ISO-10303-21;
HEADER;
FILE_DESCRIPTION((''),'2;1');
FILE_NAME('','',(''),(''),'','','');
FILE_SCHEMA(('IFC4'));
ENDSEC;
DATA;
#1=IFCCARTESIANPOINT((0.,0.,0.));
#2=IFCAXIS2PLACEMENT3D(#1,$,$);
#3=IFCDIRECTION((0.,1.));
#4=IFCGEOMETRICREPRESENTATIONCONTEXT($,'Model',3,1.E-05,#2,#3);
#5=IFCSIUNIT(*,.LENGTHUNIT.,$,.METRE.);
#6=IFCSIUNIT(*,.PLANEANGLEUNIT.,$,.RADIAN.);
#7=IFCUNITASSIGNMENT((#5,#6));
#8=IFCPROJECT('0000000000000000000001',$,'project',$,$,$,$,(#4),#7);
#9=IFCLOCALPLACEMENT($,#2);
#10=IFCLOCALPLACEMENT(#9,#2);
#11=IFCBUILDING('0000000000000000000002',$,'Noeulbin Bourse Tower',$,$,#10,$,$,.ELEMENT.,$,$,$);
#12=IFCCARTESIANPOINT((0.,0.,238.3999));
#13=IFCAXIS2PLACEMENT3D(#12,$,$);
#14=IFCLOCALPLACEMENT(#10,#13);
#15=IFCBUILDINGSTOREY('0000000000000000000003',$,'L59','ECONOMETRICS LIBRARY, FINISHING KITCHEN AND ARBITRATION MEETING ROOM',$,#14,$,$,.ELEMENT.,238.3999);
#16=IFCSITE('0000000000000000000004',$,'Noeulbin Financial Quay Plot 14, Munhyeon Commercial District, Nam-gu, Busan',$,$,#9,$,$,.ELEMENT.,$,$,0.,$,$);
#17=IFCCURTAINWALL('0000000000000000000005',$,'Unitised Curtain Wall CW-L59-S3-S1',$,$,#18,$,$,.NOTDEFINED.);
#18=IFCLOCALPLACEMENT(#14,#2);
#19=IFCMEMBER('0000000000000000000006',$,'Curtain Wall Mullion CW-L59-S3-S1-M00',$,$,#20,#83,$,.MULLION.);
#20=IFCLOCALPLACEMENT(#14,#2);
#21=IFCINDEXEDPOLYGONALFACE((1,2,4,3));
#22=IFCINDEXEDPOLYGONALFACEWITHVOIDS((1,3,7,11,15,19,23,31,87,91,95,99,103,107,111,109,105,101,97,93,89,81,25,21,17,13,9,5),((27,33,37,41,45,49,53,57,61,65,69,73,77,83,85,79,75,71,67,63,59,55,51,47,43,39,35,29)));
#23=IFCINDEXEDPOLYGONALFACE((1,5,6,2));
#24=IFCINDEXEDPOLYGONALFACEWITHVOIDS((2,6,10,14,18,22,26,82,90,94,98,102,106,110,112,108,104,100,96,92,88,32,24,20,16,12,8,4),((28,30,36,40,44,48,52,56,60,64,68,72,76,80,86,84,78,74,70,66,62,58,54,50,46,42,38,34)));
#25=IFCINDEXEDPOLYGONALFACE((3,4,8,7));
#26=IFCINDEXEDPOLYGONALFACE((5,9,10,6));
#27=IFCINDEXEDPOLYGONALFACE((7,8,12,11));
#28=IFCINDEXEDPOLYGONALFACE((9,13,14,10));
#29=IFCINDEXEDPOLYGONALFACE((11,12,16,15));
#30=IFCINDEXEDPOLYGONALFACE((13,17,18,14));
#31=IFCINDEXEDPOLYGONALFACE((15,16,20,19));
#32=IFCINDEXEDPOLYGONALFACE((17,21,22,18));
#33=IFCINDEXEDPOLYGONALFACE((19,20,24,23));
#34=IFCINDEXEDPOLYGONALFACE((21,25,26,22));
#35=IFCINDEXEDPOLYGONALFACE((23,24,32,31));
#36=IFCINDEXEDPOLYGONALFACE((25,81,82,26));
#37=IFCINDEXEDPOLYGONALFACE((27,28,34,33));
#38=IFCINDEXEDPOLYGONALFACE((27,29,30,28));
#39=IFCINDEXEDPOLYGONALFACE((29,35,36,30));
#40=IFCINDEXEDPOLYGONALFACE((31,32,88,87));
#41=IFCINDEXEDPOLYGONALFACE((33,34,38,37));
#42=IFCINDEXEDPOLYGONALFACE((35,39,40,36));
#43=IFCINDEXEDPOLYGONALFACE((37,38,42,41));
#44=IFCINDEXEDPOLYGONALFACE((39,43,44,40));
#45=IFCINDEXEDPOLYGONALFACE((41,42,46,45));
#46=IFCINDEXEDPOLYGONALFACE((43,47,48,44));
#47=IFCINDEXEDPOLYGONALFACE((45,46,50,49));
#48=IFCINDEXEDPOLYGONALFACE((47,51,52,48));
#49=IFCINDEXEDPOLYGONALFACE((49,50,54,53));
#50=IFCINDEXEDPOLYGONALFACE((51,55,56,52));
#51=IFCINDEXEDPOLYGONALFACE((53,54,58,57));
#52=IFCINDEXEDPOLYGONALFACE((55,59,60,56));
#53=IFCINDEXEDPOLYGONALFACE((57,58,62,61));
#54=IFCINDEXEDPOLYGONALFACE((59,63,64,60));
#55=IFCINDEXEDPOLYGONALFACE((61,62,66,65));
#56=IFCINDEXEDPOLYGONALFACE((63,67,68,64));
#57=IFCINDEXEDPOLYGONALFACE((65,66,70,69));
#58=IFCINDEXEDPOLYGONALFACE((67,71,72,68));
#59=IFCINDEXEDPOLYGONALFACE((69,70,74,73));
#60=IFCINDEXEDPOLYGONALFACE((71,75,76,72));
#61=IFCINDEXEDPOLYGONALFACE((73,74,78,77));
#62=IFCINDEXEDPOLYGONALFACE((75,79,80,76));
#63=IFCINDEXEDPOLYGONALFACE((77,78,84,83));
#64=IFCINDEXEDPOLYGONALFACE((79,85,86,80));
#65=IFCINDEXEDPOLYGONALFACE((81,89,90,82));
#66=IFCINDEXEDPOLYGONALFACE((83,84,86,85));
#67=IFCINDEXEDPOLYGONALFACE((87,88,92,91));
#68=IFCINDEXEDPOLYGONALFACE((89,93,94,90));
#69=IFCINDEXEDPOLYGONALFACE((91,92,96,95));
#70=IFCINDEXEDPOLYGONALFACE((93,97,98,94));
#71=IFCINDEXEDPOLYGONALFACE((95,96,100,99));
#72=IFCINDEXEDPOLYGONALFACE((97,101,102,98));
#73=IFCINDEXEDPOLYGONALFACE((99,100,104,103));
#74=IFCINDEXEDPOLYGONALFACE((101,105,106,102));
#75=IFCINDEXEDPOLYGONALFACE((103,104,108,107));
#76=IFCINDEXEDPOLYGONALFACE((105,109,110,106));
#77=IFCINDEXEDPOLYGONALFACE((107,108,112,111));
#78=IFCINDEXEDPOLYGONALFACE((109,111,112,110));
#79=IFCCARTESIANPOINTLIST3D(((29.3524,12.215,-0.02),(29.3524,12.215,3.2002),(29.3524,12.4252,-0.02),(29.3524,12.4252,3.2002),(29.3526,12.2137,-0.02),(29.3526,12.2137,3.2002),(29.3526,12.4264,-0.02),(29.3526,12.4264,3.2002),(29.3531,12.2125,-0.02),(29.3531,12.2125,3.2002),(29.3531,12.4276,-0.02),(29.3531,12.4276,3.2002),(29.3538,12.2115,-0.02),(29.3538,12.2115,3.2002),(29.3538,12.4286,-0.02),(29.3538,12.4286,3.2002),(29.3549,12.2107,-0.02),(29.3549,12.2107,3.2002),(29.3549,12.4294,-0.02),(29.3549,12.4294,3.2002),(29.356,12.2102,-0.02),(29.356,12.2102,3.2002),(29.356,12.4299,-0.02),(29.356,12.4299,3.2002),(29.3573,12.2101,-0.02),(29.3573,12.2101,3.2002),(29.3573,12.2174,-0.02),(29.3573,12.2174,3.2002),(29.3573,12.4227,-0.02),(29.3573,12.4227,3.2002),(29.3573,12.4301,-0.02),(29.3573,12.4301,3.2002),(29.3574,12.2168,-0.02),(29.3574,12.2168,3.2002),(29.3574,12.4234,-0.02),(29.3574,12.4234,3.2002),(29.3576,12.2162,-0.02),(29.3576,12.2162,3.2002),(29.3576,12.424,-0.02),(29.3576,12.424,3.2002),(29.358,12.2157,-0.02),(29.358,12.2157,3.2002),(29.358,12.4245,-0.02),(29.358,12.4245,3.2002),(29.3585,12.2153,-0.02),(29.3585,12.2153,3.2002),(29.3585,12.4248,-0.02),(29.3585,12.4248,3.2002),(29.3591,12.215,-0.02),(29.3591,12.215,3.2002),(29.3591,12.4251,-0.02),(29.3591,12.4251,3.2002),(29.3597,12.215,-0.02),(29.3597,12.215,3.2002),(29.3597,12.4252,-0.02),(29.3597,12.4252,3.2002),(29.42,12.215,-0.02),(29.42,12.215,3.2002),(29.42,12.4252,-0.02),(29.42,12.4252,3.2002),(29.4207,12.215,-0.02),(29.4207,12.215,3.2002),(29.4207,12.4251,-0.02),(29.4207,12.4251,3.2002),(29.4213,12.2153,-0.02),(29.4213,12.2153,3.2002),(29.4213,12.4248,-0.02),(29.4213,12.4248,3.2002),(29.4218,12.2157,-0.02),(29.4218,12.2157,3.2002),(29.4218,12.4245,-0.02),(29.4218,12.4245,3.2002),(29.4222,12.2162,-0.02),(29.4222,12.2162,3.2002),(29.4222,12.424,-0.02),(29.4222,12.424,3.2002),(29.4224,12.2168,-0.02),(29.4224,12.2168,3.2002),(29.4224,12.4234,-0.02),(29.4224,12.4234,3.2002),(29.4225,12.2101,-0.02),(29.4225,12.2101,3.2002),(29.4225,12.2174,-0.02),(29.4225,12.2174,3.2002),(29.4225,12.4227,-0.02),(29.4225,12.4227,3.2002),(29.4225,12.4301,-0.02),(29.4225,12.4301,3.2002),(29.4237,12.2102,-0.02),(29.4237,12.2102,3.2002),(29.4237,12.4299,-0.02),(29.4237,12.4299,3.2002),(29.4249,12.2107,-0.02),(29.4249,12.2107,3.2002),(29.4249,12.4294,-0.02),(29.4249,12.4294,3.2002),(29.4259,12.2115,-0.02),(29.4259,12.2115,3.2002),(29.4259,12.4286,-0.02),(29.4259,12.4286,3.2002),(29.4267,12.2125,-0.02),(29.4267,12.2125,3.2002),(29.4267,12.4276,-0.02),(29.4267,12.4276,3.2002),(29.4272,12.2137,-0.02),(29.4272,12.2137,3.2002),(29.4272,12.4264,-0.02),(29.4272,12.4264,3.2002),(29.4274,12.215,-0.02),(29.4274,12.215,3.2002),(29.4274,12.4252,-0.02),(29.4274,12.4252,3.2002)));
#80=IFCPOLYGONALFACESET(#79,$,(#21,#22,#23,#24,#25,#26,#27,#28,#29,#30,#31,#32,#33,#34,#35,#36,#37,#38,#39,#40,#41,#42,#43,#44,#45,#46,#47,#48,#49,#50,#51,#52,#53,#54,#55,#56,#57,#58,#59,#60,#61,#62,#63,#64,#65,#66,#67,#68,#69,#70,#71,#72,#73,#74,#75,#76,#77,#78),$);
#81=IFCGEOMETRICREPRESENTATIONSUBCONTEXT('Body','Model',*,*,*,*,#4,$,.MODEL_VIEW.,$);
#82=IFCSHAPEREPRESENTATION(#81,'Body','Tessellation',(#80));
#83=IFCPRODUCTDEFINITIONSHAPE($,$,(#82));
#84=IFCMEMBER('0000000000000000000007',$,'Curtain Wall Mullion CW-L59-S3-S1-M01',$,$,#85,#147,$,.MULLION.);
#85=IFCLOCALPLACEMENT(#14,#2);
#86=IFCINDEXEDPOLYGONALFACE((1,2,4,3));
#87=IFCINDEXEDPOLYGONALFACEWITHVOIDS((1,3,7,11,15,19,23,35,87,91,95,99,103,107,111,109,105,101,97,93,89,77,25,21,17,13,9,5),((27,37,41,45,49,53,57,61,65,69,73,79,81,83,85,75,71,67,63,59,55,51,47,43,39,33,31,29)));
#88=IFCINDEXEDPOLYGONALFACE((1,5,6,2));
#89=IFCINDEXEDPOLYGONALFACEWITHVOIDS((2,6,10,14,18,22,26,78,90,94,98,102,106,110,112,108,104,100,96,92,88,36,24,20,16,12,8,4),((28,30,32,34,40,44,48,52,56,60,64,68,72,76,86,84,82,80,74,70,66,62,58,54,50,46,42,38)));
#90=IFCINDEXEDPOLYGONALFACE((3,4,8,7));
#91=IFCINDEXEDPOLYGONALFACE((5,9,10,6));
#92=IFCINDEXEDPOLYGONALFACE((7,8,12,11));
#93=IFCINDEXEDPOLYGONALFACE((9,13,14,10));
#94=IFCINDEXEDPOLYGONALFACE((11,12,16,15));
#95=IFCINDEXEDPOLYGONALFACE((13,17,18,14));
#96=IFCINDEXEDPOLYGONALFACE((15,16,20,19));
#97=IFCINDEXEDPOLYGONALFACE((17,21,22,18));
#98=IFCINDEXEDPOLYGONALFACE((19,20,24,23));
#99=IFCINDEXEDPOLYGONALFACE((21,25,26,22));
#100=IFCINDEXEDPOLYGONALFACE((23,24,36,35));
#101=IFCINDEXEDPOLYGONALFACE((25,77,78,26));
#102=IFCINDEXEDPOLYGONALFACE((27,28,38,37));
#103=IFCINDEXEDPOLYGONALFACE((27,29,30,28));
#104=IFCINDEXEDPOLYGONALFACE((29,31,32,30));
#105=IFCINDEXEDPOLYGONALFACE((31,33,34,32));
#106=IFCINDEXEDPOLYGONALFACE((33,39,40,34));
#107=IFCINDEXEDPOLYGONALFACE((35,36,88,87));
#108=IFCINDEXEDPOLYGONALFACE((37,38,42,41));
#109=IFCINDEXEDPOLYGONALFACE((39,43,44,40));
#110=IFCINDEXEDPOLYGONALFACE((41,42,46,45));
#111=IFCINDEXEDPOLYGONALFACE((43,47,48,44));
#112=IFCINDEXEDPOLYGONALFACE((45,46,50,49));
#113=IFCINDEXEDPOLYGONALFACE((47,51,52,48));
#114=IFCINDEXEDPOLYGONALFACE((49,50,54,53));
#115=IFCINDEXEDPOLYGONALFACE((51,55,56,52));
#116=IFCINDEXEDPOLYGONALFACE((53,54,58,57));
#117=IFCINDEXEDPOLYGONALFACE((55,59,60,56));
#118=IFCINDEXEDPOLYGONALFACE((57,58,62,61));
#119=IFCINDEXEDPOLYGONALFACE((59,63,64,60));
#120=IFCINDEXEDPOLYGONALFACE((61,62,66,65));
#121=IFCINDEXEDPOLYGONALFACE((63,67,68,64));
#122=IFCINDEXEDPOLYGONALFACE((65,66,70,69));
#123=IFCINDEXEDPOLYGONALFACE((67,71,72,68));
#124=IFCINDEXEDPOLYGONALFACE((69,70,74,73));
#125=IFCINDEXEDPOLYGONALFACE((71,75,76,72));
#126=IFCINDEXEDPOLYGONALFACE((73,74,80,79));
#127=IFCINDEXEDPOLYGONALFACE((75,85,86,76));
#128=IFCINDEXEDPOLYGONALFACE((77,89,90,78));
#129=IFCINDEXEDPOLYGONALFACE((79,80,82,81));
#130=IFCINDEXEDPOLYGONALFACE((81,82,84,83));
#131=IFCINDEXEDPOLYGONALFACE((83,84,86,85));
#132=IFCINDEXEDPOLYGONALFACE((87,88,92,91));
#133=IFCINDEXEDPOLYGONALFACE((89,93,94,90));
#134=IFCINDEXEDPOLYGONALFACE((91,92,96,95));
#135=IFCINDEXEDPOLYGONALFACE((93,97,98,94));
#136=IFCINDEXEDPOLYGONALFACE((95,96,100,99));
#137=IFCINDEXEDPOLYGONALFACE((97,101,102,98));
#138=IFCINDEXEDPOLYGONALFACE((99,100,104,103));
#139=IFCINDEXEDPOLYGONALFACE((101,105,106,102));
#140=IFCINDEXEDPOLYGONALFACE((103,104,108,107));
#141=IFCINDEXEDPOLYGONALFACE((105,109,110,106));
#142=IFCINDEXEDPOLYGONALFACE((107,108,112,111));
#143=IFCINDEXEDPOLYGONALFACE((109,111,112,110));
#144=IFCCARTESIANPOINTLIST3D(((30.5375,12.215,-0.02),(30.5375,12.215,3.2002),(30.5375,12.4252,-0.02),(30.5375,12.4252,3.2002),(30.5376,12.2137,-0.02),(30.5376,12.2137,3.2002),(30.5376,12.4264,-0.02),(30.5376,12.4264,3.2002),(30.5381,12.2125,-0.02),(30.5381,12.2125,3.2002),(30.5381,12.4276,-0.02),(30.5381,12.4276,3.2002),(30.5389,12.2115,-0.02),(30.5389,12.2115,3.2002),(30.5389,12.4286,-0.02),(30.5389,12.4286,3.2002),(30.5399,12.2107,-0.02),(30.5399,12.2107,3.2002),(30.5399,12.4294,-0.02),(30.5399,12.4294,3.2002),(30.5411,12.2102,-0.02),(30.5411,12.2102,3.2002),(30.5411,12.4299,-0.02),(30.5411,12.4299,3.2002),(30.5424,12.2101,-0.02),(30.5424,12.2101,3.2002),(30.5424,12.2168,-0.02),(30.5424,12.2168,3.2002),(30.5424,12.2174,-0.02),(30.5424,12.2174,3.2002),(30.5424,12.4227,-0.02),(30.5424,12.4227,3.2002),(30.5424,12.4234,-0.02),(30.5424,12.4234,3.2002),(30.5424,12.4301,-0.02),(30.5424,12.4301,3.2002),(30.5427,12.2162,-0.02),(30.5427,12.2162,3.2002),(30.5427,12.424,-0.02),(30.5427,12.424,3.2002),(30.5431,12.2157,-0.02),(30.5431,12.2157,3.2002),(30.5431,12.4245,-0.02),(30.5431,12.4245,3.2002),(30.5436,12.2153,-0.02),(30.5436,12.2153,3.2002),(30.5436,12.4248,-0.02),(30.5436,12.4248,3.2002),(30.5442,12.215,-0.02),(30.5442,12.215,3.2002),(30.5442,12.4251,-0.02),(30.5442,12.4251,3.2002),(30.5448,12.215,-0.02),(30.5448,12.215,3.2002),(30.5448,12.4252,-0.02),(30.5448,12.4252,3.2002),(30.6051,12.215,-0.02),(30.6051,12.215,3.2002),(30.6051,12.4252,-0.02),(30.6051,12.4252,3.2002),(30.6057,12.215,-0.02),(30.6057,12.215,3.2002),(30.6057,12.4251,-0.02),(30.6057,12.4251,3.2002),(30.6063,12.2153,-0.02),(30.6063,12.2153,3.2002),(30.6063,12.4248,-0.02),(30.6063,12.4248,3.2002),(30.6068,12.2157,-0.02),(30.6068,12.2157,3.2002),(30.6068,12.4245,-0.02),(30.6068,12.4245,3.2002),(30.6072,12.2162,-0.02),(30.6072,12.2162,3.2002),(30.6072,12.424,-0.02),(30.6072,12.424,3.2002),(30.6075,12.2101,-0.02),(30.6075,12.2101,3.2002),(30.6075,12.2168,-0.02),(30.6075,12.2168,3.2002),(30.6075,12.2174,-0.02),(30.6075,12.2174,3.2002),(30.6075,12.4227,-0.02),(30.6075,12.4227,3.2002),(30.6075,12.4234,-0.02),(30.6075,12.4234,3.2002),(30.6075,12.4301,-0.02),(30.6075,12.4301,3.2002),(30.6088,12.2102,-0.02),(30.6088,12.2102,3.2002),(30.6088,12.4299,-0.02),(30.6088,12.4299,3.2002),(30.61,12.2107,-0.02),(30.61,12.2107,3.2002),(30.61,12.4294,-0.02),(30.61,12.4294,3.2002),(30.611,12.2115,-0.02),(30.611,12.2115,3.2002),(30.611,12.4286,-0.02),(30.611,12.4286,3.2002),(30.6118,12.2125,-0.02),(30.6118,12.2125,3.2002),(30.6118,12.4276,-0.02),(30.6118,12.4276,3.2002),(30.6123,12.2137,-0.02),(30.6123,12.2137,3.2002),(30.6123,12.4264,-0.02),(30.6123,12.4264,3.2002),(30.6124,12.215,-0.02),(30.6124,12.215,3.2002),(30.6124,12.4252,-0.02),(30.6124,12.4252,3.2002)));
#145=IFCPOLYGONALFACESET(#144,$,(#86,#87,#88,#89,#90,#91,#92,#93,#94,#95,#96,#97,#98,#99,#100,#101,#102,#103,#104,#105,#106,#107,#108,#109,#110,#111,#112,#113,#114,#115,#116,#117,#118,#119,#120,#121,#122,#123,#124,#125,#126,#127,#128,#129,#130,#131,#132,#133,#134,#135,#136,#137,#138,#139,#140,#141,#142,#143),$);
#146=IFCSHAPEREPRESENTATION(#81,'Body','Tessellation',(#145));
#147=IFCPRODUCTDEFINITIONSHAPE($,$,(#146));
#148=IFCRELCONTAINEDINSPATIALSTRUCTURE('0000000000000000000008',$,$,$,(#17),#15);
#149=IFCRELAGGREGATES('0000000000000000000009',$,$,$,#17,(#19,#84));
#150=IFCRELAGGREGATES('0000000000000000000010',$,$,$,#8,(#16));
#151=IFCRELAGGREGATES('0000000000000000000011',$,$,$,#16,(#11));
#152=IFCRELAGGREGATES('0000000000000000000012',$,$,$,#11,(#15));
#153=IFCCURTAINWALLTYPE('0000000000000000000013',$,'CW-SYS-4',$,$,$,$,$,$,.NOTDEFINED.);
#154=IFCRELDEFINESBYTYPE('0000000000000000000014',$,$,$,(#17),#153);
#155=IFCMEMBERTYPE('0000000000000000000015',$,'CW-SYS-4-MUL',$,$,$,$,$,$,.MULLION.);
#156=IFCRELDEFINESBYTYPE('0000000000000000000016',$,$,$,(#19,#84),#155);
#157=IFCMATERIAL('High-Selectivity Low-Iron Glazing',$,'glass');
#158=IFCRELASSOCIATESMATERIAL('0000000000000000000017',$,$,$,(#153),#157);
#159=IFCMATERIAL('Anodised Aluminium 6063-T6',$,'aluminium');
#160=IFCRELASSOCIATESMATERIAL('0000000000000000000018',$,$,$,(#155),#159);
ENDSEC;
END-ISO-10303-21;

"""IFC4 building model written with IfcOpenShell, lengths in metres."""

from ifc_helpers import new_model, si_unit, direction, frame, origin, origin_2d, place, context, subcontext, project, spatial, hollow_rectangle, extrude, material, material_profile, profile_set, type_object, element, aggregate, save


model = new_model("IFC4")

# Units and contexts
model_context = context("Model", 3, precision=1e-05, world=origin(), true_north=direction((0.0, 1.0)))
body_context = subcontext(model_context, "Body", "Model", "MODEL_VIEW")
ifc_project = project(units=[si_unit("LENGTHUNIT", "METRE"), si_unit("PLANEANGLEUNIT", "RADIAN")], contexts=[model_context])

# Site, building, storey
site_placement = place(None, origin())
site = spatial("IfcSite", under=ifc_project, at=site_placement, Name="Noeulbin Financial Quay Plot 14, Munhyeon Commercial District, Nam-gu, Busan", CompositionType="ELEMENT", RefElevation=0.0)
building_placement = place(site_placement, origin())
building = spatial("IfcBuilding", under=site, at=building_placement, Name="Noeulbin Bourse Tower", CompositionType="ELEMENT")
storey_placement = place(building_placement, frame((0.0, 0.0, 238.3999)))
storey = spatial("IfcBuildingStorey", under=building, at=storey_placement, Name="L59", Description="ECONOMETRICS LIBRARY, FINISHING KITCHEN AND ARBITRATION MEETING ROOM", CompositionType="ELEMENT", Elevation=238.3999)

# Curtain wall, members
ifc_material_1 = material(Name="High-Selectivity Low-Iron Glazing", Category="glass")
curtain_wall_type = type_object("IfcCurtainWallType", Name="CW-SYS-4", PredefinedType="NOTDEFINED", material=ifc_material_1)
ifc_material_2 = material(Name="Anodised Aluminium 6063-T6", Category="aluminium")
ifc_material_profile_1 = material_profile(ifc_material_2, hollow_rectangle(XDim=0.075, YDim=0.22, WallThickness=0.0049, InnerFilletRadius=0.0024, OuterFilletRadius=0.0049, at=origin_2d()), Name="ALU-MULL-75x220x5", Category="LoadBearing")
ifc_profile_set_1 = profile_set([ifc_material_profile_1], Name="Anodised Aluminium 6063-T6")
member_type_1 = type_object("IfcMemberType", Name="CW-SYS-4-MUL", PredefinedType="MULLION", material=ifc_profile_set_1)
curtain_wall_1_placement = place(storey_placement, origin())
curtain_wall_1 = element("IfcCurtainWall", 1, at=curtain_wall_1_placement, inside=storey, type_object=curtain_wall_type, Name="Unitised Curtain Wall CW-L59-S3-S1", PredefinedType="NOTDEFINED")
member_1_placement = place(storey_placement, frame((29.3899, 12.3201, -0.02), z_axis=(0.0, 0.0, 1.0), x_axis=(1.0, 0.0, 0.0)))
member_1 = element("IfcMember", 2, at=member_1_placement, type_object=member_type_1, Name="Curtain Wall Mullion CW-L59-S3-S1-M00", PredefinedType="MULLION", context=body_context, shape_type="SweptSolid", body=[
    extrude(hollow_rectangle(XDim=0.075, YDim=0.22, WallThickness=0.0049, InnerFilletRadius=0.0024, OuterFilletRadius=0.0049, at=origin_2d()), origin(), (0.0, 0.0, 1.0), 3.2202),
])
member_2_placement = place(storey_placement, frame((30.575, 12.3201, -0.02), z_axis=(0.0, 0.0, 1.0), x_axis=(1.0, 0.0, 0.0)))
member_2 = element("IfcMember", 3, at=member_2_placement, type_object=member_type_1, Name="Curtain Wall Mullion CW-L59-S3-S1-M01", PredefinedType="MULLION", context=body_context, shape_type="SweptSolid", body=[
    extrude(hollow_rectangle(XDim=0.075, YDim=0.22, WallThickness=0.0049, InnerFilletRadius=0.0024, OuterFilletRadius=0.0049, at=origin_2d()), origin(), (0.0, 0.0, 1.0), 3.2202),
])

aggregate(curtain_wall_1, [member_1, member_2])

save(model, "model.ifc")
